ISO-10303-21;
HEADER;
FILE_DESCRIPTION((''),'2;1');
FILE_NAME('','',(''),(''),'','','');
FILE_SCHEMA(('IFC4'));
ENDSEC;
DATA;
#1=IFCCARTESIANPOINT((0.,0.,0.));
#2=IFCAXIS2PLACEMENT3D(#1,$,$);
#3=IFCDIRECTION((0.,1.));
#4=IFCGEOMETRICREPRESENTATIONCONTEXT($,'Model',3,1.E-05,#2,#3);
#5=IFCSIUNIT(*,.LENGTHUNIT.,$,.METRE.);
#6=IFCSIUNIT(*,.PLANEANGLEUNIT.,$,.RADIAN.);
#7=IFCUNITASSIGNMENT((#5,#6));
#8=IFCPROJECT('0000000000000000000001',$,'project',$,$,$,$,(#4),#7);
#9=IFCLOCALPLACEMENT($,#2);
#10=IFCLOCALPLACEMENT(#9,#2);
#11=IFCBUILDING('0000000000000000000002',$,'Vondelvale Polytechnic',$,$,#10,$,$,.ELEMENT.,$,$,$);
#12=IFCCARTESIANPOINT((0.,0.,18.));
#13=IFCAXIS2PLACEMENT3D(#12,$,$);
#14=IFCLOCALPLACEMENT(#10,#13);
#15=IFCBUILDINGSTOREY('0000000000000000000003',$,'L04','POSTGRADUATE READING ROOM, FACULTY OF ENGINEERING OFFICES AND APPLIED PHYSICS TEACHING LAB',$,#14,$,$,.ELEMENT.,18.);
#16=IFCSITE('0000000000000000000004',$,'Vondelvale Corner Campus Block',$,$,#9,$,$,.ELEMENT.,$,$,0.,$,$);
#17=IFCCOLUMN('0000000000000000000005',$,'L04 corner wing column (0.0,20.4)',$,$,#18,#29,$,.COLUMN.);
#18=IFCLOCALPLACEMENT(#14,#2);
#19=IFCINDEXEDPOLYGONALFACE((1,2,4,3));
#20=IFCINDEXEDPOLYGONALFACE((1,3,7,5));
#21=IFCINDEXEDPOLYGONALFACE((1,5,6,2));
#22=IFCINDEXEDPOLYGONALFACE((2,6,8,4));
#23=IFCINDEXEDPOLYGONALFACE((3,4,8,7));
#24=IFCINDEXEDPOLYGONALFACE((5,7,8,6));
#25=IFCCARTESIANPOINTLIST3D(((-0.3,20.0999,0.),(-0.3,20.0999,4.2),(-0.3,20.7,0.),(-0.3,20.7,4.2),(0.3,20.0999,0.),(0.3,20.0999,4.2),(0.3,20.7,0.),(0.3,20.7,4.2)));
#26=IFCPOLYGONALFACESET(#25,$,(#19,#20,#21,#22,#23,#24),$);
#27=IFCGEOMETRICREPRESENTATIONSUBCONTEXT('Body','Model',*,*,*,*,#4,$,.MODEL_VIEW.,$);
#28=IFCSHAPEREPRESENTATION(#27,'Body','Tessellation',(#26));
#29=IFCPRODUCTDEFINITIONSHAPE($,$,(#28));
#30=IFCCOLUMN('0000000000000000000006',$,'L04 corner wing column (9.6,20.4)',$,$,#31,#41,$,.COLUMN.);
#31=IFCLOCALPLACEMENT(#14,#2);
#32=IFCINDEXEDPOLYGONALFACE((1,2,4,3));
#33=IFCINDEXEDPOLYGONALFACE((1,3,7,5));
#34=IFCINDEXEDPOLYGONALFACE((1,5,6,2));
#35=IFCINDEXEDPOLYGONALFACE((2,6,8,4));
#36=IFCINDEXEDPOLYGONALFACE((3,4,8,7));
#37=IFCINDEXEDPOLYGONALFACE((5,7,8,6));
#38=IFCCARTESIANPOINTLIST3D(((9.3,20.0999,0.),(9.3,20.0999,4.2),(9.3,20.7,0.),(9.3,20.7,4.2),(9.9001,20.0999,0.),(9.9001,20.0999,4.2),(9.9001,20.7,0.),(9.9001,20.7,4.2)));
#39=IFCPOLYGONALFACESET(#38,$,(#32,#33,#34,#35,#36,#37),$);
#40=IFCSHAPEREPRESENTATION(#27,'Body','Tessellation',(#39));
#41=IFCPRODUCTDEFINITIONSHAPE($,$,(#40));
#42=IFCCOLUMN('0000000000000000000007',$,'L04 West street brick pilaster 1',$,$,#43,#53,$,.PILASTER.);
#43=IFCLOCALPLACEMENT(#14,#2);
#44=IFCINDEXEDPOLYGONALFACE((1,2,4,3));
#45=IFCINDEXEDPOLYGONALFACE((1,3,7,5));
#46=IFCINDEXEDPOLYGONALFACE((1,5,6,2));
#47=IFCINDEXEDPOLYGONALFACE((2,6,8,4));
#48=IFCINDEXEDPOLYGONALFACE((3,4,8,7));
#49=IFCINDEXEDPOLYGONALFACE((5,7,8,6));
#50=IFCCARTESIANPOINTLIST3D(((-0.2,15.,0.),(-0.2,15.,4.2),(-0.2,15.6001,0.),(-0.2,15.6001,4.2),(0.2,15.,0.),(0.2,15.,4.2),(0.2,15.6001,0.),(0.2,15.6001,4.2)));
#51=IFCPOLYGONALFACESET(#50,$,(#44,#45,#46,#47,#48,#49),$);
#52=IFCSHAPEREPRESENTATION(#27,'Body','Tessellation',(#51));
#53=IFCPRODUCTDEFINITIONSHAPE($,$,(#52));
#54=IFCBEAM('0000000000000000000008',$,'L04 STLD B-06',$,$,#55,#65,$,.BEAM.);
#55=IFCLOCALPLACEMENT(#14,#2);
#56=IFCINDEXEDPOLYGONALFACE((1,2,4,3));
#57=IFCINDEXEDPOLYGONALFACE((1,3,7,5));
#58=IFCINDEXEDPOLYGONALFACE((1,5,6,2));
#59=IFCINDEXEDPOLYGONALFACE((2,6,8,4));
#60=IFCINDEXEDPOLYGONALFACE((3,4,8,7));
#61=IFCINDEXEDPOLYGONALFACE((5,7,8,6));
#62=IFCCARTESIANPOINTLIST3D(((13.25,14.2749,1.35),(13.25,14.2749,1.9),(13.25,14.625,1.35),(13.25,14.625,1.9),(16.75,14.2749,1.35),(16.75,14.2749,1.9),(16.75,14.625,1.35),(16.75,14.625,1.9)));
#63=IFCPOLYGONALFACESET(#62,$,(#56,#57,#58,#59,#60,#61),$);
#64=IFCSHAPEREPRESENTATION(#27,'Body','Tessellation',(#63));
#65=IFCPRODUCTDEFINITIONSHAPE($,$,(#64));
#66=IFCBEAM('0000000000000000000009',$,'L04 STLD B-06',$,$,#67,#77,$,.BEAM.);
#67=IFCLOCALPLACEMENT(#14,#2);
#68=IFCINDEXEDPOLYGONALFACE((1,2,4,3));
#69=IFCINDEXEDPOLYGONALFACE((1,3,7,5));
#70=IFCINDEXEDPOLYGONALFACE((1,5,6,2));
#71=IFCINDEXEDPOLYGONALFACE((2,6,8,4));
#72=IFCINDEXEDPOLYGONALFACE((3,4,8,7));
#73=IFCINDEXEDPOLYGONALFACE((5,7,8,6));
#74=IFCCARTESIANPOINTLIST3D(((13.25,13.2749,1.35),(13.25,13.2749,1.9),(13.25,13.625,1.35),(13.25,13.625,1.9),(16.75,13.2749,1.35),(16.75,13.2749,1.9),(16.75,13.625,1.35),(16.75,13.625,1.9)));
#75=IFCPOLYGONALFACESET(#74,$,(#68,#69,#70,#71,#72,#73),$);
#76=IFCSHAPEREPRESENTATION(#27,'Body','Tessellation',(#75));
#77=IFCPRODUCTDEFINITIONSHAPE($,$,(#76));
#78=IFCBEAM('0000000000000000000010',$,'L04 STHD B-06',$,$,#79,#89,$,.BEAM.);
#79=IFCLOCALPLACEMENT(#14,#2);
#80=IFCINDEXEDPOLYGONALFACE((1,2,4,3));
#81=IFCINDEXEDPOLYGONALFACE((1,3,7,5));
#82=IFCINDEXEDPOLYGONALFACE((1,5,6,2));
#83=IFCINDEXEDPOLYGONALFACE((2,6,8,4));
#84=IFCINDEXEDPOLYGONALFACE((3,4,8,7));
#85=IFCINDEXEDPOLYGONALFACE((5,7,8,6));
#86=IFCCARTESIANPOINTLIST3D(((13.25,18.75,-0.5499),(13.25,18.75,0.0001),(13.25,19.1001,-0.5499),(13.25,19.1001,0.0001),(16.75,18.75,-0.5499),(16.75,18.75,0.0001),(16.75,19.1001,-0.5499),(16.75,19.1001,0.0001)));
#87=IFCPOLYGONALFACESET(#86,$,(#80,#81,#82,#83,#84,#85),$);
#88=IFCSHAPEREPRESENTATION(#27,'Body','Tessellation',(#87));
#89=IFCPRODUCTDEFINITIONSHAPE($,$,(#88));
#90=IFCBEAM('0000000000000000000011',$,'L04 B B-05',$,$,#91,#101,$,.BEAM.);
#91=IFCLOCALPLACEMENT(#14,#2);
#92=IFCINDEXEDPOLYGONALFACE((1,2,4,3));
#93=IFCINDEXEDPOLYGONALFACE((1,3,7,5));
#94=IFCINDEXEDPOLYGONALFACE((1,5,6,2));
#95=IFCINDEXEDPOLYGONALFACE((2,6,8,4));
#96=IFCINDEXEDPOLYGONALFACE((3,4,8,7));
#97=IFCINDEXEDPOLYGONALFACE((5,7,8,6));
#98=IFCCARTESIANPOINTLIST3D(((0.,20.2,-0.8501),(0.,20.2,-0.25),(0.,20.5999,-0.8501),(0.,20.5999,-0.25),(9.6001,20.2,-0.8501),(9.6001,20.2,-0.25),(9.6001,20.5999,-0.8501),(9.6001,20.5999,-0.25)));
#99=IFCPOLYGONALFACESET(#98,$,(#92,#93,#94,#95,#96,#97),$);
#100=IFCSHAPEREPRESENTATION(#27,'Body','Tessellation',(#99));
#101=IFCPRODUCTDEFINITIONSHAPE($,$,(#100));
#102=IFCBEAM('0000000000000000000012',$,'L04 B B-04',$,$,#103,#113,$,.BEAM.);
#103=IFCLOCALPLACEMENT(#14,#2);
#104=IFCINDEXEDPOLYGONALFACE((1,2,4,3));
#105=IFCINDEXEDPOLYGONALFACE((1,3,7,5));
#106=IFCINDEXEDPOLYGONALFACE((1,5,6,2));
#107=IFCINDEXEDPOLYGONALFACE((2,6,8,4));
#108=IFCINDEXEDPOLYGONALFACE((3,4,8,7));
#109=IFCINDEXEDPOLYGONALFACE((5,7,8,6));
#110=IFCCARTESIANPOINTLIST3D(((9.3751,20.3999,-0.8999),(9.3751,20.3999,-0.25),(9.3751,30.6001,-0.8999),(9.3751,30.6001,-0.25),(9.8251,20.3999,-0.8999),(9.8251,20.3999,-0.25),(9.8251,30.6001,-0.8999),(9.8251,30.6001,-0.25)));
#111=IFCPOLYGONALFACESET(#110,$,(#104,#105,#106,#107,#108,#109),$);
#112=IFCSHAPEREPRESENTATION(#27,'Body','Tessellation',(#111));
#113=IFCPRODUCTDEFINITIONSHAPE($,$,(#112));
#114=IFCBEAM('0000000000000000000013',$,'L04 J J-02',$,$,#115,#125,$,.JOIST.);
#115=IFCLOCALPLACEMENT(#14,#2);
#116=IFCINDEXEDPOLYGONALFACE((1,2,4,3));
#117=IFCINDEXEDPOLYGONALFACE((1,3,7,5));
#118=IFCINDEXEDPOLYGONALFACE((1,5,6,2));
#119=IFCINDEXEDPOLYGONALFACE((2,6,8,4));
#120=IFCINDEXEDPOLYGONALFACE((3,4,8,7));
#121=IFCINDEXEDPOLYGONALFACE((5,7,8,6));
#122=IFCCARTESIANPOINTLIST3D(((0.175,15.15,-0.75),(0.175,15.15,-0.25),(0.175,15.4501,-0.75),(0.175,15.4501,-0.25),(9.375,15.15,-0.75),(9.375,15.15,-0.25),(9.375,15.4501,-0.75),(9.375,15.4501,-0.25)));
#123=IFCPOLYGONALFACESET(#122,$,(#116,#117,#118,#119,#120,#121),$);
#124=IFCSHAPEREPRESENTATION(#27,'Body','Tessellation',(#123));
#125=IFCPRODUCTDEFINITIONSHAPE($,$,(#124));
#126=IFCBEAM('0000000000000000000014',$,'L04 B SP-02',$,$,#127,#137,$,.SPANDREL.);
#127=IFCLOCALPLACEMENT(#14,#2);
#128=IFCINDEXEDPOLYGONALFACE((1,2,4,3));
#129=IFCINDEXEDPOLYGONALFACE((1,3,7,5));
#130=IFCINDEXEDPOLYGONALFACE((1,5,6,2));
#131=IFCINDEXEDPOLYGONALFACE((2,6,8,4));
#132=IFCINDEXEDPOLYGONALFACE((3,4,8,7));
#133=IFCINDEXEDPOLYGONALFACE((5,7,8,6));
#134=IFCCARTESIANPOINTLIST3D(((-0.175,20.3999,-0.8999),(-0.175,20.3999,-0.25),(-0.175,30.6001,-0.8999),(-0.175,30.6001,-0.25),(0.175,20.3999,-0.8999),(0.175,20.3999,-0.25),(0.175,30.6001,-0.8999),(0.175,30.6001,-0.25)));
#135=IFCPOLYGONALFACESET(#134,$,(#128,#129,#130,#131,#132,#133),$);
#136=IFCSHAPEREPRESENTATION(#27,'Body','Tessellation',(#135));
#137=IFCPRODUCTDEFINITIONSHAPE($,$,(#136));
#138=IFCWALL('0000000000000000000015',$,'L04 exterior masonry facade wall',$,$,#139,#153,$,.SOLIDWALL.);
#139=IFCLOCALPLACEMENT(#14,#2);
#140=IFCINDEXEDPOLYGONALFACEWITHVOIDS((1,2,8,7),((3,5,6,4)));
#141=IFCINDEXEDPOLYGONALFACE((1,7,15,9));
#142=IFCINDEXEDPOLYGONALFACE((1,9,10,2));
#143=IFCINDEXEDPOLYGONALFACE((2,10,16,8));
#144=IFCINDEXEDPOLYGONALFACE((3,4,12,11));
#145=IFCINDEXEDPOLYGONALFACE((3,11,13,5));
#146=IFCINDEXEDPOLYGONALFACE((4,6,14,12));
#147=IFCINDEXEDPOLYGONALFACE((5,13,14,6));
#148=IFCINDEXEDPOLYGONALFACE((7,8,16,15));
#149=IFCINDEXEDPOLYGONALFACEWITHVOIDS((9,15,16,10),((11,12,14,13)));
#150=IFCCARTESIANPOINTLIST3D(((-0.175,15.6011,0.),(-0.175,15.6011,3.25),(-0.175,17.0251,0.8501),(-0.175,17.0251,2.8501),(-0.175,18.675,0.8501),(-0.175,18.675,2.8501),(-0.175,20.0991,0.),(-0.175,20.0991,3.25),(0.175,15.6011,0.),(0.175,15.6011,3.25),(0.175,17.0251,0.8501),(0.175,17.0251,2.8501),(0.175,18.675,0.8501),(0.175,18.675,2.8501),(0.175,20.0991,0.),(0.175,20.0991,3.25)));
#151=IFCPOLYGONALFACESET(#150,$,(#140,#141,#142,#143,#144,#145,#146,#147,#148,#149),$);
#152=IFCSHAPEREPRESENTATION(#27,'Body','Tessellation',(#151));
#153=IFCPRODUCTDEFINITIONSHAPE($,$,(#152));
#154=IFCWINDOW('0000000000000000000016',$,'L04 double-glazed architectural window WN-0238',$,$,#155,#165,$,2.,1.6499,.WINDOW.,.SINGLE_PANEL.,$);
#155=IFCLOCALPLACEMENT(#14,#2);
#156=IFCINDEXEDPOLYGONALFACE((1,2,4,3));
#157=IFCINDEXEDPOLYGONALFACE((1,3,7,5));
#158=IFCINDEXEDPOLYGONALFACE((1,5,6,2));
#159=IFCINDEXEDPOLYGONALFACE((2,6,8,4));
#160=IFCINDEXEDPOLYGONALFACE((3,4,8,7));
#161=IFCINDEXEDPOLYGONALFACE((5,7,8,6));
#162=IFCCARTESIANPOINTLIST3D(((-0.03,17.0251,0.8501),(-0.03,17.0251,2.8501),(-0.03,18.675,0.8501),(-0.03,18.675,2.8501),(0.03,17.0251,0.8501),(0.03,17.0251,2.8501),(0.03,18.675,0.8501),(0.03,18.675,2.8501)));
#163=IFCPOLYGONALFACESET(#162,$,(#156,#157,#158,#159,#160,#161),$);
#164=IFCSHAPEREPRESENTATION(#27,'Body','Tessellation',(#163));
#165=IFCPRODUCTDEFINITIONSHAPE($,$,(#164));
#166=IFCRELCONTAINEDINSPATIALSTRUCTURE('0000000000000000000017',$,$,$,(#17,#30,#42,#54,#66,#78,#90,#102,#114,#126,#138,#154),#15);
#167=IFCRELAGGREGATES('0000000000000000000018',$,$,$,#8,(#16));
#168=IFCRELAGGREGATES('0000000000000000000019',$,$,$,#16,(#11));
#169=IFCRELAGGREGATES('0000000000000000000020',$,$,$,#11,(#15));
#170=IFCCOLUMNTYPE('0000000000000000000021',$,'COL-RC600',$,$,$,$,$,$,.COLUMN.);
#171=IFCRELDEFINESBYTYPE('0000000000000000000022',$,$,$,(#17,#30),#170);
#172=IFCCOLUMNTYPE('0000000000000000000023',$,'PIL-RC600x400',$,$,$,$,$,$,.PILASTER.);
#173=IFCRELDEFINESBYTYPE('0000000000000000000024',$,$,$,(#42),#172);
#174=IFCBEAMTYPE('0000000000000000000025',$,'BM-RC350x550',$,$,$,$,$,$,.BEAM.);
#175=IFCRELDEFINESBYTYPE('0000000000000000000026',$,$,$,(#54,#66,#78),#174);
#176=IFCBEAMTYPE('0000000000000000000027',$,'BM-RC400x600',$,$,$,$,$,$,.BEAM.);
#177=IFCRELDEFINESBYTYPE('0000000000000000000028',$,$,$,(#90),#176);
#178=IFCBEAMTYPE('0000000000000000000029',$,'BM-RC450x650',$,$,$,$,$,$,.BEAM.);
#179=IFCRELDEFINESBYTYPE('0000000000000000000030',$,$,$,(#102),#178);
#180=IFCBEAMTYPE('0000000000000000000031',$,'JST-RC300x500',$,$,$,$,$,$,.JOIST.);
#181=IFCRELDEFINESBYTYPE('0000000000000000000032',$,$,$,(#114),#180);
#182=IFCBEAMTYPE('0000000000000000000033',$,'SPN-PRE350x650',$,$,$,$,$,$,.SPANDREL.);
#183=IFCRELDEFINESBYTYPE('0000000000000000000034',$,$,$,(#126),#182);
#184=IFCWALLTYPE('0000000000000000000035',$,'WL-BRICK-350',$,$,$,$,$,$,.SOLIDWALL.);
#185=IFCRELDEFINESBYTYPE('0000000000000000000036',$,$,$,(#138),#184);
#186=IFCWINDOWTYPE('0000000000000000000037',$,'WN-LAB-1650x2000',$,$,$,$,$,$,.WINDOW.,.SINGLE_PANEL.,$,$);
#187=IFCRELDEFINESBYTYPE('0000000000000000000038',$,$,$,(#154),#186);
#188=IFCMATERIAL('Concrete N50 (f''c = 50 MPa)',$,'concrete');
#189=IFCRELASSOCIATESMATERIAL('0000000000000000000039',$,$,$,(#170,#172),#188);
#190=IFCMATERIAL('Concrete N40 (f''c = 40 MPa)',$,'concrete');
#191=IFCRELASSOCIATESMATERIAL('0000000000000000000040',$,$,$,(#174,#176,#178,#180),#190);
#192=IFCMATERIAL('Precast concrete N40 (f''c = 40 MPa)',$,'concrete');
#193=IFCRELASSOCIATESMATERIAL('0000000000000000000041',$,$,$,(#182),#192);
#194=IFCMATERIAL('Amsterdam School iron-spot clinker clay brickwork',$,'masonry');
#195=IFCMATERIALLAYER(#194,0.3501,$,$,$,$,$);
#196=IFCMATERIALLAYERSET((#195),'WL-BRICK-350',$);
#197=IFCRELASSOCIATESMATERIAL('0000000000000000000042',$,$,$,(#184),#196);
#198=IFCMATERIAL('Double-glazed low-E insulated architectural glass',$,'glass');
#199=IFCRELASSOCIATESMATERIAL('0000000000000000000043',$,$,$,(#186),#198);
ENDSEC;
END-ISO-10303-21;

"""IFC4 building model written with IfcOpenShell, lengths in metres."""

from ifc_helpers import new_model, si_unit, direction, frame, frame_2d, origin, origin_2d, place, context, subcontext, project, spatial, rectangle, extrude, material, layer, layer_set, material_profile, profile_set, type_object, element, fill, save


model = new_model("IFC4")

# Units and contexts
model_context = context("Model", 3, precision=1e-05, world=origin(), true_north=direction((0.0, 1.0)))
body_context = subcontext(model_context, "Body", "Model", "MODEL_VIEW")
ifc_project = project(units=[si_unit("LENGTHUNIT", "METRE"), si_unit("PLANEANGLEUNIT", "RADIAN")], contexts=[model_context])

# Site, building, storey
site_placement = place(None, origin())
site = spatial("IfcSite", under=ifc_project, at=site_placement, Name="Vondelvale Corner Campus Block", CompositionType="ELEMENT", RefElevation=0.0)
building_placement = place(site_placement, origin())
building = spatial("IfcBuilding", under=site, at=building_placement, Name="Vondelvale Polytechnic", CompositionType="ELEMENT")
storey_placement = place(building_placement, frame((0.0, 0.0, 18.0)))
storey = spatial("IfcBuildingStorey", under=building, at=storey_placement, Name="L04", Description="POSTGRADUATE READING ROOM, FACULTY OF ENGINEERING OFFICES AND APPLIED PHYSICS TEACHING LAB", CompositionType="ELEMENT", Elevation=18.0)

# Columns
ifc_material_1 = material(Name="Concrete N50 (f'c = 50 MPa)", Category="concrete")
ifc_material_profile_1 = material_profile(ifc_material_1, rectangle(XDim=0.6001, YDim=0.6001, at=origin_2d()), Name="RC-COL-600x600")
ifc_profile_set_1 = profile_set([ifc_material_profile_1], Name="Concrete N50 (f'c = 50 MPa)")
column_type_1 = type_object("IfcColumnType", Name="COL-RC600", PredefinedType="COLUMN", material=ifc_profile_set_1)
for number, where, z_axis, x_axis, name in (
    (1, (0.0, 20.3999, 0.0), (0.0, 0.0, 1.0), (1.0, 0.0, 0.0), "L04 corner wing column (0.0,20.4)"),
    (2, (9.6001, 20.3999, 0.0), (0.0, 0.0, 1.0), (1.0, 0.0, 0.0), "L04 corner wing column (9.6,20.4)"),
):
    element("IfcColumn", number, at=place(storey_placement, frame(where, z_axis=z_axis, x_axis=x_axis)), inside=storey, type_object=column_type_1, Name=name, PredefinedType="COLUMN", context=body_context, shape_type="SweptSolid", body=[
        extrude(rectangle(XDim=0.6001, YDim=0.6001, at=origin_2d()), origin(), (0.0, 0.0, 1.0), 4.2),
    ])
ifc_material_profile_2 = material_profile(ifc_material_1, rectangle(XDim=0.3999, YDim=0.6001, at=origin_2d()), Name="RC-PIL-600x400")
ifc_profile_set_2 = profile_set([ifc_material_profile_2], Name="Concrete N50 (f'c = 50 MPa)")
column_type_2 = type_object("IfcColumnType", Name="PIL-RC600x400", PredefinedType="PILASTER", material=ifc_profile_set_2)
column_placement = place(storey_placement, frame((0.0, 15.3, 0.0), z_axis=(0.0, 0.0, 1.0), x_axis=(1.0, 0.0, 0.0)))
element("IfcColumn", 3, at=column_placement, inside=storey, type_object=column_type_2, Name="L04 West street brick pilaster 1", PredefinedType="PILASTER", context=body_context, shape_type="SweptSolid", body=[
    extrude(rectangle(XDim=0.3999, YDim=0.6001, at=origin_2d()), origin(), (0.0, 0.0, 1.0), 4.2),
])

# Beams
ifc_material_2 = material(Name="Concrete N40 (f'c = 40 MPa)", Category="concrete")
ifc_material_profile_3 = material_profile(ifc_material_2, rectangle(XDim=0.3501, YDim=0.55, at=origin_2d()), Name="RC-BM-350x550")
ifc_profile_set_3 = profile_set([ifc_material_profile_3], Name="Concrete N40 (f'c = 40 MPa)")
beam_type_1 = type_object("IfcBeamType", Name="BM-RC350x550", PredefinedType="BEAM", material=ifc_profile_set_3)
for number, where, z_axis, x_axis, name in (
    (4, (13.25, 14.45, 1.625), (1.0, 0.0, 0.0), (0.0, 1.0, 0.0), "L04 STLD B-06"),
    (5, (13.25, 13.45, 1.625), (1.0, 0.0, 0.0), (0.0, 1.0, 0.0), "L04 STLD B-06"),
    (6, (13.25, 18.925, -0.2749), (1.0, 0.0, 0.0), (0.0, 1.0, 0.0), "L04 STHD B-06"),
):
    element("IfcBeam", number, at=place(storey_placement, frame(where, z_axis=z_axis, x_axis=x_axis)), inside=storey, type_object=beam_type_1, Name=name, PredefinedType="BEAM", context=body_context, shape_type="SweptSolid", body=[
        extrude(rectangle(XDim=0.3501, YDim=0.55, at=origin_2d()), origin(), (0.0, 0.0, 1.0), 3.5),
    ])
ifc_material_profile_4 = material_profile(ifc_material_2, rectangle(XDim=0.3999, YDim=0.6001, at=origin_2d()), Name="RC-BM-400x600")
ifc_profile_set_4 = profile_set([ifc_material_profile_4], Name="Concrete N40 (f'c = 40 MPa)")
beam_type_2 = type_object("IfcBeamType", Name="BM-RC400x600", PredefinedType="BEAM", material=ifc_profile_set_4)
beam_1_placement = place(storey_placement, frame((0.0, 20.3999, -0.55), z_axis=(1.0, 0.0, 0.0), x_axis=(0.0, 1.0, 0.0)))
element("IfcBeam", 7, at=beam_1_placement, inside=storey, type_object=beam_type_2, Name="L04 B B-05", PredefinedType="BEAM", context=body_context, shape_type="SweptSolid", body=[
    extrude(rectangle(XDim=0.3999, YDim=0.6001, at=origin_2d()), origin(), (0.0, 0.0, 1.0), 9.6001),
])
ifc_material_profile_5 = material_profile(ifc_material_2, rectangle(XDim=0.45, YDim=0.6499, at=origin_2d()), Name="RC-BM-450x650")
ifc_profile_set_5 = profile_set([ifc_material_profile_5], Name="Concrete N40 (f'c = 40 MPa)")
beam_type_3 = type_object("IfcBeamType", Name="BM-RC450x650", PredefinedType="BEAM", material=ifc_profile_set_5)
beam_2_placement = place(storey_placement, frame((9.6001, 20.3999, -0.575), z_axis=(0.0, 1.0, 0.0), x_axis=(-1.0, 0.0, 0.0)))
element("IfcBeam", 8, at=beam_2_placement, inside=storey, type_object=beam_type_3, Name="L04 B B-04", PredefinedType="BEAM", context=body_context, shape_type="SweptSolid", body=[
    extrude(rectangle(XDim=0.45, YDim=0.6499, at=origin_2d()), origin(), (0.0, 0.0, 1.0), 10.2002),
])
ifc_material_profile_6 = material_profile(ifc_material_2, rectangle(XDim=0.3, YDim=0.5, at=origin_2d()), Name="RC-JST-300x500")
ifc_profile_set_6 = profile_set([ifc_material_profile_6], Name="Concrete N40 (f'c = 40 MPa)")
beam_type_4 = type_object("IfcBeamType", Name="JST-RC300x500", PredefinedType="JOIST", material=ifc_profile_set_6)
beam_3_placement = place(storey_placement, frame((0.175, 15.3, -0.5), z_axis=(1.0, 0.0, 0.0), x_axis=(0.0, 1.0, 0.0)))
element("IfcBeam", 9, at=beam_3_placement, inside=storey, type_object=beam_type_4, Name="L04 J J-02", PredefinedType="JOIST", context=body_context, shape_type="SweptSolid", body=[
    extrude(rectangle(XDim=0.3, YDim=0.5, at=origin_2d()), origin(), (0.0, 0.0, 1.0), 9.2),
])
ifc_material_3 = material(Name="Precast concrete N40 (f'c = 40 MPa)", Category="concrete")
ifc_material_profile_7 = material_profile(ifc_material_3, rectangle(XDim=0.3501, YDim=0.6499, at=origin_2d()), Name="RC-SPN-350x650")
ifc_profile_set_7 = profile_set([ifc_material_profile_7], Name="Precast concrete N40 (f'c = 40 MPa)")
beam_type_5 = type_object("IfcBeamType", Name="SPN-PRE350x650", PredefinedType="SPANDREL", material=ifc_profile_set_7)
beam_4_placement = place(storey_placement, frame((0.0, 20.3999, -0.575), z_axis=(0.0, 1.0, 0.0), x_axis=(-1.0, 0.0, 0.0)))
element("IfcBeam", 10, at=beam_4_placement, inside=storey, type_object=beam_type_5, Name="L04 B SP-02", PredefinedType="SPANDREL", context=body_context, shape_type="SweptSolid", body=[
    extrude(rectangle(XDim=0.3501, YDim=0.6499, at=origin_2d()), origin(), (0.0, 0.0, 1.0), 10.2002),
])

# Wall, opening, window
ifc_material_4 = material(Name="Amsterdam School iron-spot clinker clay brickwork", Category="masonry")
ifc_layer_1 = layer(ifc_material_4, 0.3501)
ifc_layer_set_1 = layer_set([ifc_layer_1], Name="WL-BRICK-350")
wall_type_1 = type_object("IfcWallType", Name="WL-BRICK-350", PredefinedType="SOLIDWALL", material=ifc_layer_set_1)
wall_1_placement = place(storey_placement, frame((0.0, 15.6011, 0.0), z_axis=(0.0, 0.0, 1.0), x_axis=(0.0, 1.0, 0.0)))
wall_1 = element("IfcWall", 11, at=wall_1_placement, inside=storey, type_object=wall_type_1, Name="L04 exterior masonry facade wall", PredefinedType="SOLIDWALL", context=body_context, shape_type="SweptSolid", body=[
    extrude(rectangle(XDim=4.498, YDim=0.3501, at=frame_2d((2.249, 0.0))), origin(), (0.0, 0.0, 1.0), 3.25),
])
opening_1_placement = place(wall_1_placement, frame((1.4241, 0.0, 0.8501)))
opening_1 = element("IfcOpeningElement", 12, at=opening_1_placement, cuts=wall_1, PredefinedType="OPENING", context=body_context, shape_type="SweptSolid", body=[
    extrude(rectangle(XDim=1.6499, YDim=2.0, at=frame_2d((0.825, 1.0))), frame((0.0, 0.1851, 0.0), z_axis=(0.0, -1.0, 0.0), x_axis=(1.0, 0.0, 0.0)), (0.0, 0.0, 1.0), 0.3701),
])
ifc_material_5 = material(Name="Double-glazed low-E insulated architectural glass", Category="glass")
window_type_1 = type_object("IfcWindowType", Name="WN-LAB-1650x2000", PartitioningType="SINGLE_PANEL", PredefinedType="WINDOW", material=ifc_material_5)
window_1_placement = place(opening_1_placement, origin())
window_1 = element("IfcWindow", 13, at=window_1_placement, inside=storey, type_object=window_type_1, Name="L04 double-glazed architectural window WN-0238", OverallHeight=2.0, OverallWidth=1.6499, PartitioningType="SINGLE_PANEL", PredefinedType="WINDOW", context=body_context, shape_type="SweptSolid", body=[
    extrude(rectangle(XDim=1.6499, YDim=2.0, at=frame_2d((0.825, 1.0))), frame((0.0, 0.03, 0.0), z_axis=(0.0, -1.0, 0.0), x_axis=(1.0, 0.0, 0.0)), (0.0, 0.0, 1.0), 0.0601),
])
fill(opening_1, window_1)

save(model, "model.ifc")
